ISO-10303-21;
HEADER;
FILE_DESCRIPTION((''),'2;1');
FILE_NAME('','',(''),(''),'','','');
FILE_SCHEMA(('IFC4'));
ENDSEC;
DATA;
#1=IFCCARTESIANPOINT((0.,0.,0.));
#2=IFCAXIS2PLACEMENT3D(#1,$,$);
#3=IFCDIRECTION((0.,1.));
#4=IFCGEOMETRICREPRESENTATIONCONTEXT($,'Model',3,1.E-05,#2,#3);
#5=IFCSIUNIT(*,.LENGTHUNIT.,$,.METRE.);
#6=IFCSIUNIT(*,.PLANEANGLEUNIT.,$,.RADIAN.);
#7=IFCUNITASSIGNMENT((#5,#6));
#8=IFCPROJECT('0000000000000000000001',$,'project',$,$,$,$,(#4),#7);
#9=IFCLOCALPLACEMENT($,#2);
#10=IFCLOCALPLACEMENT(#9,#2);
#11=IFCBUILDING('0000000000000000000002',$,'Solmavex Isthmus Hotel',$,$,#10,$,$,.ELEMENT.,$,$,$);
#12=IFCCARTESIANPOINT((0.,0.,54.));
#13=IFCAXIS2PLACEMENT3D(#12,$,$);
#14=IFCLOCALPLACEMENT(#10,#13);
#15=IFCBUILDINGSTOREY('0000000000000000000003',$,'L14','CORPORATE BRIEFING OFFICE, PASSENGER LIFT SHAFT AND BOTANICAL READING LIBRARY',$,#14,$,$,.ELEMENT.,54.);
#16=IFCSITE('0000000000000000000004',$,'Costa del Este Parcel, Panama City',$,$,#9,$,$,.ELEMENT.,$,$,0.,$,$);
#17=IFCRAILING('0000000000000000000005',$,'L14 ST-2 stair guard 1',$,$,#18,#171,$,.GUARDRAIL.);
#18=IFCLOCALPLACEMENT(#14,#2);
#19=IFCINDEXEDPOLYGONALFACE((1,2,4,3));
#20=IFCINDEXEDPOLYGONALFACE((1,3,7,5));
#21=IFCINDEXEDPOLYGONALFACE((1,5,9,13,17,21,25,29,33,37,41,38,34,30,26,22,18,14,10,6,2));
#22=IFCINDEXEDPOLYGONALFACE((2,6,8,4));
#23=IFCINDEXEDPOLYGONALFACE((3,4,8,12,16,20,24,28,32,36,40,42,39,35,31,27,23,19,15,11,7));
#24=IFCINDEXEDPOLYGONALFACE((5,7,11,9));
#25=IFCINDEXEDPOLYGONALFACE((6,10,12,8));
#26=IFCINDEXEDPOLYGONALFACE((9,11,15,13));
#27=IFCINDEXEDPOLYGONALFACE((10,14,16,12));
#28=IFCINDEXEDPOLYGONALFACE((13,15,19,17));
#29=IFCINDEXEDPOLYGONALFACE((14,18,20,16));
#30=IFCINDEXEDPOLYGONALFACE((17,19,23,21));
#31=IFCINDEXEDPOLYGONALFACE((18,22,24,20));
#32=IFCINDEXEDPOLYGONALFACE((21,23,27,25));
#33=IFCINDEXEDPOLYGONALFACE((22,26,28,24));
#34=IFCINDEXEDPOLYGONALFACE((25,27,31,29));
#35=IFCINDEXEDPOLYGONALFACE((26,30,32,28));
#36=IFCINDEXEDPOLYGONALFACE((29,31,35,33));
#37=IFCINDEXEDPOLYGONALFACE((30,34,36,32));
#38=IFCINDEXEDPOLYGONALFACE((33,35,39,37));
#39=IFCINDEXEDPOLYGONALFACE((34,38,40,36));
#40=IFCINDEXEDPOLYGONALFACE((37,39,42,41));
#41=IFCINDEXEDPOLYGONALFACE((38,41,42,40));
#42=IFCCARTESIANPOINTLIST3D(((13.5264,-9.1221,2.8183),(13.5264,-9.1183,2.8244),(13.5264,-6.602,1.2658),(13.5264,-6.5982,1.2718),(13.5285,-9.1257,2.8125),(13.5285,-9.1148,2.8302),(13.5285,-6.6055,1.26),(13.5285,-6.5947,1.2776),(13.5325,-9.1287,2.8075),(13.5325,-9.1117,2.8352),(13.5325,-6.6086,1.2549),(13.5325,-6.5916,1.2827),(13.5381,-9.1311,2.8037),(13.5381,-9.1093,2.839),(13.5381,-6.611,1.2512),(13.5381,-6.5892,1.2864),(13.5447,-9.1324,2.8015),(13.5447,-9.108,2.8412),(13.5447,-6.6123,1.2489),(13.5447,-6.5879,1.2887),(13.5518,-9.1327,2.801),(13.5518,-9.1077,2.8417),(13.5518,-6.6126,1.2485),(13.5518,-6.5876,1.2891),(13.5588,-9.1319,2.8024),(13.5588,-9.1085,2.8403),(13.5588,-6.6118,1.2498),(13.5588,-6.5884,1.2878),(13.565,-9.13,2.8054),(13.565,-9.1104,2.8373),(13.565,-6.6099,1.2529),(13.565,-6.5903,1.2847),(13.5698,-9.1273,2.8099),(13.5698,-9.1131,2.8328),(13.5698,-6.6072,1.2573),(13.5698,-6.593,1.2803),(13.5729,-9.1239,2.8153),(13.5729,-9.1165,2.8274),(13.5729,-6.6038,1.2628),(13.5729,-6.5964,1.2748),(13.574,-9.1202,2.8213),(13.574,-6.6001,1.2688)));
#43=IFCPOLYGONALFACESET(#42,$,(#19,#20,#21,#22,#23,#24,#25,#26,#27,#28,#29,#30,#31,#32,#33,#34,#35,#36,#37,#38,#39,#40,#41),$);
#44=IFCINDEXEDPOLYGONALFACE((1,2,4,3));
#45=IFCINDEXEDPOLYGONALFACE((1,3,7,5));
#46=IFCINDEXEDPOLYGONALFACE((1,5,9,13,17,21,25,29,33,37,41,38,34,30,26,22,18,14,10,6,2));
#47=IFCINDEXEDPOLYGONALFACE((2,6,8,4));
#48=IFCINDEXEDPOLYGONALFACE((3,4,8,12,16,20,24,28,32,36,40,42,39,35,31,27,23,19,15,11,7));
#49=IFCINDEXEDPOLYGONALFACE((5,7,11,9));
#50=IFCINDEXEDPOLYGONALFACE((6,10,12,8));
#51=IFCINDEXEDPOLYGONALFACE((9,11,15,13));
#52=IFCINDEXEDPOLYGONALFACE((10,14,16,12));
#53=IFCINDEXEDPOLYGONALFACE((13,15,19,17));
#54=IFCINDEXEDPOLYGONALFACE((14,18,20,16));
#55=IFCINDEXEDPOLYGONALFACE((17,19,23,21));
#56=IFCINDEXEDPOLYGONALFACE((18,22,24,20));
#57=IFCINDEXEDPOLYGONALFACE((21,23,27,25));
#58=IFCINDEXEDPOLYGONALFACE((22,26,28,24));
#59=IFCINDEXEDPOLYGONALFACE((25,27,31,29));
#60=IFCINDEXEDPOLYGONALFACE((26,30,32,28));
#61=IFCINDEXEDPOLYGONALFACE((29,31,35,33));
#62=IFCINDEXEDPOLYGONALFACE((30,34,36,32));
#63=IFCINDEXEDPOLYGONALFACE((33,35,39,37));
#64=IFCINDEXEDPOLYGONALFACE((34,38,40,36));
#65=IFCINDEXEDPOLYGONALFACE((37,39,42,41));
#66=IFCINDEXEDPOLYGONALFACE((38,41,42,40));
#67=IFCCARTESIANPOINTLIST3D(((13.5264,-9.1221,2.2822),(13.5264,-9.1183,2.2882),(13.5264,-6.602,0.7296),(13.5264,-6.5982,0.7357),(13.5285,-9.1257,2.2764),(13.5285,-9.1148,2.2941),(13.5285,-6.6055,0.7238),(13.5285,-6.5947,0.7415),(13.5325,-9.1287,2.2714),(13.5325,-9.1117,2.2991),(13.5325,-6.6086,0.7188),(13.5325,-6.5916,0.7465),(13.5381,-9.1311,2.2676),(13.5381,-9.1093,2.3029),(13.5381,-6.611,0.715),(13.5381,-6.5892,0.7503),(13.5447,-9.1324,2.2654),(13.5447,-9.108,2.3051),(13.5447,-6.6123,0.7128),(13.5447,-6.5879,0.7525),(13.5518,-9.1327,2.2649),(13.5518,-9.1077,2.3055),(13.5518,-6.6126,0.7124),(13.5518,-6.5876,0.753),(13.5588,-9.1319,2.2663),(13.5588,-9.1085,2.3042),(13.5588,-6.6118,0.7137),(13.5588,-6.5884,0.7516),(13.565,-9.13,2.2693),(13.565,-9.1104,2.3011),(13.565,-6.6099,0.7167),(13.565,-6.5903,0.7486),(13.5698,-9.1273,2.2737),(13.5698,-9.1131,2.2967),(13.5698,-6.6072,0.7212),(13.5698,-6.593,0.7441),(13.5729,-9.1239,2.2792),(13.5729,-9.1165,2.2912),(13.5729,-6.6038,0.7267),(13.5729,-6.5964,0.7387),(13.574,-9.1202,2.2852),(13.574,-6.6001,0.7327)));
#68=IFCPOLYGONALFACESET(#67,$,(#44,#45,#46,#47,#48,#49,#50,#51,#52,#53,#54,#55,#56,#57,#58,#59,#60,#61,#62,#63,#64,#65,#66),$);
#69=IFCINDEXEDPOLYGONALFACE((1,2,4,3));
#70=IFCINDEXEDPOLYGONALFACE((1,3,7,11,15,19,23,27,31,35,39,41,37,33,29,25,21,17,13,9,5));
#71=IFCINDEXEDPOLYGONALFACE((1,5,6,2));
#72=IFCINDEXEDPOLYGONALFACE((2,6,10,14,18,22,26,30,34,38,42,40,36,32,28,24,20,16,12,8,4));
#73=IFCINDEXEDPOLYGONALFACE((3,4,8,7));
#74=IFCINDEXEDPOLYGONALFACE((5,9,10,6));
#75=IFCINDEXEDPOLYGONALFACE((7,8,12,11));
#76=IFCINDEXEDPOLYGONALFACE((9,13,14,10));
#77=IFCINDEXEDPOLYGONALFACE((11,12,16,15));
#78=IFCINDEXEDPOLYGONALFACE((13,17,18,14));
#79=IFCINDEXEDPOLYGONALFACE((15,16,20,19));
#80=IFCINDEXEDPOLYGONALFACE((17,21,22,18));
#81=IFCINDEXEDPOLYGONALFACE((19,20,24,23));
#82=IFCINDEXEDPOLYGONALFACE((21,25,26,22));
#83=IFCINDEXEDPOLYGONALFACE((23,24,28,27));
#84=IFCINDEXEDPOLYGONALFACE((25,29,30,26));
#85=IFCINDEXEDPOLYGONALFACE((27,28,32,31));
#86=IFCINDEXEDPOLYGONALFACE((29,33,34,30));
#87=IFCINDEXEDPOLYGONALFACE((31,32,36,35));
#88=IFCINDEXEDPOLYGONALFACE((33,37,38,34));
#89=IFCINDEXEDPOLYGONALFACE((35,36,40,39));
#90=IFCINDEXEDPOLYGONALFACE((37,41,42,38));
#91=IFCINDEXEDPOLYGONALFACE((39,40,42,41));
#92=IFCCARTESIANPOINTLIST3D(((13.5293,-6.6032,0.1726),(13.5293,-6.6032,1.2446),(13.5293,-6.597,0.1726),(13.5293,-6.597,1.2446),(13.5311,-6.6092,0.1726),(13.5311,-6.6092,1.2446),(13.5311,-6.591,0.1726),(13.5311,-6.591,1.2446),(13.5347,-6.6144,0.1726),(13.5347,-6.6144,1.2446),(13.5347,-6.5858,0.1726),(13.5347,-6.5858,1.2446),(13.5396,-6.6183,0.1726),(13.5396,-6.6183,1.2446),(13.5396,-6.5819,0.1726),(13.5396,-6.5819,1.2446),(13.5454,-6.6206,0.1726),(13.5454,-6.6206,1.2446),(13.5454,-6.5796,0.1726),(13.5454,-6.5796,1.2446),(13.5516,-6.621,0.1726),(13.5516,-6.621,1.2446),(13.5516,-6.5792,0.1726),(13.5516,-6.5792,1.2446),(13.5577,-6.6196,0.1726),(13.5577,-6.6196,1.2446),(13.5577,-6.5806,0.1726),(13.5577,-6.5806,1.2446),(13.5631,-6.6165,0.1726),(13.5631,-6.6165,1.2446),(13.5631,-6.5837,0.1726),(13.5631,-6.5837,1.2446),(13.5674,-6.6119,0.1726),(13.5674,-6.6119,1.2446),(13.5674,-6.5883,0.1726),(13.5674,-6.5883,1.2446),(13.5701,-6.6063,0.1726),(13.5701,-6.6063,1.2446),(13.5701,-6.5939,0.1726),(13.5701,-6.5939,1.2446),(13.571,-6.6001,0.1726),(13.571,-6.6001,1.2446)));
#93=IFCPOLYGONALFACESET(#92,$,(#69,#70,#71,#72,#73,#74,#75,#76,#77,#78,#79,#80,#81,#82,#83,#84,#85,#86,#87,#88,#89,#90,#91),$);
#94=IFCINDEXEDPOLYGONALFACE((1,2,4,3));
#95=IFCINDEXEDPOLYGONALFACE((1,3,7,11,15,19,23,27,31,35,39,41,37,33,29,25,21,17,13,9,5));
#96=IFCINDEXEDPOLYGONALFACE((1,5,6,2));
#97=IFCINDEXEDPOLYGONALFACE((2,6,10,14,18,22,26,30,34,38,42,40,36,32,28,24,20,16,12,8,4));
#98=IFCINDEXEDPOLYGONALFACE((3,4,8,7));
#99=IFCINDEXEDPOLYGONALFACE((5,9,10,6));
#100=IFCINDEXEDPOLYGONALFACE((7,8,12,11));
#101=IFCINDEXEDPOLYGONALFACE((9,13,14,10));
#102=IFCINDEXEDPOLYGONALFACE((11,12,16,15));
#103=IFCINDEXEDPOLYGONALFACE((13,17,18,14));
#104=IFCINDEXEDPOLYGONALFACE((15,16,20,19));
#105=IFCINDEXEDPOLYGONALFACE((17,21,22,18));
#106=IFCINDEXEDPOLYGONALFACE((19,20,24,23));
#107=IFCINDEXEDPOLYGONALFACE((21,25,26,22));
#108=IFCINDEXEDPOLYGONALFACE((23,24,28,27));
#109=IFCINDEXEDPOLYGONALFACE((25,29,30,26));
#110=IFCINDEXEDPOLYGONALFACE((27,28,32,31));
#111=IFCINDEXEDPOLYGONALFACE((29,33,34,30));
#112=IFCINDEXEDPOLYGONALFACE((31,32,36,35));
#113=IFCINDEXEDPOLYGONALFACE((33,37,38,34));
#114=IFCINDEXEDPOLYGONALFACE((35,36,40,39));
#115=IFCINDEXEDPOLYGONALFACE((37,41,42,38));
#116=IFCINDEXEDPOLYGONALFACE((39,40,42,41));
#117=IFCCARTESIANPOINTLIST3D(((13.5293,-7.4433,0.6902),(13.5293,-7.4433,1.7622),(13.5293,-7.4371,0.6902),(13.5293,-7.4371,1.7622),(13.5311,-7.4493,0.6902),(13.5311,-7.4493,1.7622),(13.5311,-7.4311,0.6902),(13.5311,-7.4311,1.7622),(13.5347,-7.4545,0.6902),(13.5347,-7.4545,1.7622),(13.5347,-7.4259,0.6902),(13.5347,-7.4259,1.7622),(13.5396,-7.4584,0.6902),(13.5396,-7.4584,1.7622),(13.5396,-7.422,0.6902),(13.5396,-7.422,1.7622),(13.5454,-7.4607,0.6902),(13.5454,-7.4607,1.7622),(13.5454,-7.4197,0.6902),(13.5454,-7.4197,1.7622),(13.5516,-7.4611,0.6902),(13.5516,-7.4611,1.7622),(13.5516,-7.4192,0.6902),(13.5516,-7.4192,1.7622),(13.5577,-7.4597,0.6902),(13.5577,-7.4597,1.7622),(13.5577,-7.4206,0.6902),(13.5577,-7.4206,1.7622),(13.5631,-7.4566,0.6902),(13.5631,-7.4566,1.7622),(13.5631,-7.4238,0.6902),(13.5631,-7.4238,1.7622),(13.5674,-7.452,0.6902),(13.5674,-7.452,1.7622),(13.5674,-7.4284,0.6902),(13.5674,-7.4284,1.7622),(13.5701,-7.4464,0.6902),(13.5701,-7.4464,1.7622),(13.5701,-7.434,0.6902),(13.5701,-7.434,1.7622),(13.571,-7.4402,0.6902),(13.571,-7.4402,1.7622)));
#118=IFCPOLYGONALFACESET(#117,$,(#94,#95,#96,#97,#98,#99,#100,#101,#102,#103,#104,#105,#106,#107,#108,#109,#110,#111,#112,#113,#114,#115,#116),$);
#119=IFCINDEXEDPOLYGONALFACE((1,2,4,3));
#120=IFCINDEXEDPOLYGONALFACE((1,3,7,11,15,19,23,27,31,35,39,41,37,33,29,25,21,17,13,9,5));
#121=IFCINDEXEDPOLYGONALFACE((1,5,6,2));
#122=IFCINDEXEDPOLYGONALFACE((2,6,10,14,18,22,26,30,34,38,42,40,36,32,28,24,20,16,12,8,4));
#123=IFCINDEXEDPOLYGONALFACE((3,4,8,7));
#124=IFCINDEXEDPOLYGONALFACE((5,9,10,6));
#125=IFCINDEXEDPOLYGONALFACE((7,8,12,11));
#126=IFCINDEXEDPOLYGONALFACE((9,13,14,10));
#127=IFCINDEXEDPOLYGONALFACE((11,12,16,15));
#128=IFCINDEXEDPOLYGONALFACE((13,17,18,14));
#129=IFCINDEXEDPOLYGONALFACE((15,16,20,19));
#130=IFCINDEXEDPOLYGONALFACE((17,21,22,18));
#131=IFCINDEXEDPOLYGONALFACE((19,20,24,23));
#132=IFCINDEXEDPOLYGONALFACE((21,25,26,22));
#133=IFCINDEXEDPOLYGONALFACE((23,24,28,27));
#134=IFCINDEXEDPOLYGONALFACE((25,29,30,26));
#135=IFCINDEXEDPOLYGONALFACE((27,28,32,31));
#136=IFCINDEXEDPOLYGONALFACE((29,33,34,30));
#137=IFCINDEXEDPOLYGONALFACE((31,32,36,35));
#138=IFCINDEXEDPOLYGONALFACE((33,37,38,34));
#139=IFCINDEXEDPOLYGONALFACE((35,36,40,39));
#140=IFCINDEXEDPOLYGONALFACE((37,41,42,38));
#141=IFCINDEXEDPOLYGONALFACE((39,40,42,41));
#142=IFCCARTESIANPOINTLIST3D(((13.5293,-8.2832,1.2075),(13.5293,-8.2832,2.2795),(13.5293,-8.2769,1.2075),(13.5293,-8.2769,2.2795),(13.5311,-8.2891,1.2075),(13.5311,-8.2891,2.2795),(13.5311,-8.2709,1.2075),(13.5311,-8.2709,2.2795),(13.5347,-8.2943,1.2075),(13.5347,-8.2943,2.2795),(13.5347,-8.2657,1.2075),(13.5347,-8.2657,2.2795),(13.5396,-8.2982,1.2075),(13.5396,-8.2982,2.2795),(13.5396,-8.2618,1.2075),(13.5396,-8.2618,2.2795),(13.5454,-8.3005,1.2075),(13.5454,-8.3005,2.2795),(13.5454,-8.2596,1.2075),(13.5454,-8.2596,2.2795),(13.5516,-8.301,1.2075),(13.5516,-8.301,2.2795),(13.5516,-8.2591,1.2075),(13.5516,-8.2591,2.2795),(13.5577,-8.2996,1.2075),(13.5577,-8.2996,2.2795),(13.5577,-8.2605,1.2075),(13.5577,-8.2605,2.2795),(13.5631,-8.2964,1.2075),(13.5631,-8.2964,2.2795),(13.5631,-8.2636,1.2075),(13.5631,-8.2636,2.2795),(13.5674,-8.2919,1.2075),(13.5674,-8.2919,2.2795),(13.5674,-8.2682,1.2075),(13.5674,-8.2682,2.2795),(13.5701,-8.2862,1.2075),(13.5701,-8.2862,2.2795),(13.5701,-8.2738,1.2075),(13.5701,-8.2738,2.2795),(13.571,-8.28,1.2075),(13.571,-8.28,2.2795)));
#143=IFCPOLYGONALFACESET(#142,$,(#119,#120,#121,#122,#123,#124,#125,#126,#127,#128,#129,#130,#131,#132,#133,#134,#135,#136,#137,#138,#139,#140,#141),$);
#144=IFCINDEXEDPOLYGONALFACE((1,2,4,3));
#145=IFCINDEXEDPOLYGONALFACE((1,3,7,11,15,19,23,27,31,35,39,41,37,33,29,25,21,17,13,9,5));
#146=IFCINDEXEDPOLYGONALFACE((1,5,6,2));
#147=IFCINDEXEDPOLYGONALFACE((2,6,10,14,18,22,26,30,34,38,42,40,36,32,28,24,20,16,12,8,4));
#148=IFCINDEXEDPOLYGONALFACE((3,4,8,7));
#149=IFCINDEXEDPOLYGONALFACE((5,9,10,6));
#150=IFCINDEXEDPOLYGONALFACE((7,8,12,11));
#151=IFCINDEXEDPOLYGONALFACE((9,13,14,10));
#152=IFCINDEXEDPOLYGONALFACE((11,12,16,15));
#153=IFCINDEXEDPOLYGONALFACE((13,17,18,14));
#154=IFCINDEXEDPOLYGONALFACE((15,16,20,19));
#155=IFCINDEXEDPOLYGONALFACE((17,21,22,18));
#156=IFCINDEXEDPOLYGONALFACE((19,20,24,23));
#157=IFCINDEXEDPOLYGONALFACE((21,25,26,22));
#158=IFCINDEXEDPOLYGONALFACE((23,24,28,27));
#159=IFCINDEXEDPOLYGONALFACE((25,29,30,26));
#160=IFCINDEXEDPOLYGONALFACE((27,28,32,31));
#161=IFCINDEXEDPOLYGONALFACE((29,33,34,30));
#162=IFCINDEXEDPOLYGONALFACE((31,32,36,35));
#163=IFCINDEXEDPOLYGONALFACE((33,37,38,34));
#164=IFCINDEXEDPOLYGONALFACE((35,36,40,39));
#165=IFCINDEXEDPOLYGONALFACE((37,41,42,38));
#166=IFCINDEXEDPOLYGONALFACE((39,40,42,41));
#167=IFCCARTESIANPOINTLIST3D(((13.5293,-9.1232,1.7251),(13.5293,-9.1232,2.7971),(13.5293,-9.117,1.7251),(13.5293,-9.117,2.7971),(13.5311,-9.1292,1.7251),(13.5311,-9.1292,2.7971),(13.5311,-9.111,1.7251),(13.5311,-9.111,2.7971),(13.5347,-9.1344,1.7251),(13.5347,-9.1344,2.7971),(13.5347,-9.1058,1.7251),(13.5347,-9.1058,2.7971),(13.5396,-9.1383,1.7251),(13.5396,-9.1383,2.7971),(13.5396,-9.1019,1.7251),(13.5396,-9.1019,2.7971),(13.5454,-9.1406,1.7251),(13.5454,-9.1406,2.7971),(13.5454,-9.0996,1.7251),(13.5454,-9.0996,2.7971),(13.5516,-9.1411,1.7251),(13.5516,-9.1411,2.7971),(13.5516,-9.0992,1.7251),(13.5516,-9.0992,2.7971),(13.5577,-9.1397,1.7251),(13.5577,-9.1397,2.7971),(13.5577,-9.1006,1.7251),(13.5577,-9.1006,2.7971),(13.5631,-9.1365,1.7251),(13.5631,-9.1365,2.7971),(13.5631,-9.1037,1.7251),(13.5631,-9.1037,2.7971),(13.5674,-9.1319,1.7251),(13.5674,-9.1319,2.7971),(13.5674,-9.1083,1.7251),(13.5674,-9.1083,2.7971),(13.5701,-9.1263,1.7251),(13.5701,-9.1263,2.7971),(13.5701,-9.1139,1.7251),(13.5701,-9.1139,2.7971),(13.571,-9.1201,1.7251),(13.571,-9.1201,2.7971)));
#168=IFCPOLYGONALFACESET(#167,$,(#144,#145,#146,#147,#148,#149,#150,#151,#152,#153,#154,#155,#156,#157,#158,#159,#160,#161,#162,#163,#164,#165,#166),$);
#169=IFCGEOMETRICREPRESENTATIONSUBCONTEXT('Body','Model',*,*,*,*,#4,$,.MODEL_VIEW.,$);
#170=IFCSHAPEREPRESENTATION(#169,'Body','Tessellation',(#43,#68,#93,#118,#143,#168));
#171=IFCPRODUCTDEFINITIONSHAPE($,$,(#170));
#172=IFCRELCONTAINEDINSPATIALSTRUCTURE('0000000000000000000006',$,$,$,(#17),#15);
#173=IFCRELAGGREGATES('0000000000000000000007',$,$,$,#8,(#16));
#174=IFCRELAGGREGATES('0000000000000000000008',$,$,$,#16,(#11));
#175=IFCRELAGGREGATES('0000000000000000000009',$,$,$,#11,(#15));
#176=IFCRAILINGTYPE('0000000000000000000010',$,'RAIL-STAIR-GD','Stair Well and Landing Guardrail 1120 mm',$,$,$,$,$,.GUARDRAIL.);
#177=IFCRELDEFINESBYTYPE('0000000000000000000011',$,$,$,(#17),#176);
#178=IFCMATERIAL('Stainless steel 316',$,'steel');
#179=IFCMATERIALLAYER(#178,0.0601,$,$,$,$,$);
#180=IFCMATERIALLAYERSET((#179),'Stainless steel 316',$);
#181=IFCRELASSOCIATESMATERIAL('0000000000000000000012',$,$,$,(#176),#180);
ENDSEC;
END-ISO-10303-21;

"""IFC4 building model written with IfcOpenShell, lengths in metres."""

from ifc_helpers import new_model, si_unit, direction, frame, origin, origin_2d, place, context, subcontext, project, spatial, circle, extrude, material, layer, layer_set, type_object, element, save


model = new_model("IFC4")

# Units and contexts
model_context = context("Model", 3, precision=1e-05, world=origin(), true_north=direction((0.0, 1.0)))
body_context = subcontext(model_context, "Body", "Model", "MODEL_VIEW")
ifc_project = project(units=[si_unit("LENGTHUNIT", "METRE"), si_unit("PLANEANGLEUNIT", "RADIAN")], contexts=[model_context])

# Site, building, storey
site_placement = place(None, origin())
site = spatial("IfcSite", under=ifc_project, at=site_placement, Name="Costa del Este Parcel, Panama City", CompositionType="ELEMENT", RefElevation=0.0)
building_placement = place(site_placement, origin())
building = spatial("IfcBuilding", under=site, at=building_placement, Name="Solmavex Isthmus Hotel", CompositionType="ELEMENT")
storey_placement = place(building_placement, frame((0.0, 0.0, 54.0)))
storey = spatial("IfcBuildingStorey", under=building, at=storey_placement, Name="L14", Description="CORPORATE BRIEFING OFFICE, PASSENGER LIFT SHAFT AND BOTANICAL READING LIBRARY", CompositionType="ELEMENT", Elevation=54.0)

# Railing
ifc_material_1 = material(Name="Stainless steel 316", Category="steel")
ifc_layer_1 = layer(ifc_material_1, 0.0601)
ifc_layer_set_1 = layer_set([ifc_layer_1], Name="Stainless steel 316")
railing_type_1 = type_object("IfcRailingType", Name="RAIL-STAIR-GD", Description="Stair Well and Landing Guardrail 1120 mm", PredefinedType="GUARDRAIL", material=ifc_layer_set_1)
railing_1_placement = place(storey_placement, frame((13.55, -6.6001, 0.1726)))
element("IfcRailing", 1, at=railing_1_placement, inside=storey, type_object=railing_type_1, Name="L14 ST-2 stair guard 1", PredefinedType="GUARDRAIL", context=body_context, shape_type="SweptSolid", body=[
    extrude(circle(Radius=0.0239, at=origin_2d()), frame((0.0, 0.0, 1.0962), z_axis=(0.0, -0.8514, 0.524516), x_axis=(1.0, 0.0, 0.0)), (0.0, 0.0, 1.0), 2.96),
    extrude(circle(Radius=0.0239, at=origin_2d()), frame((0.0, 0.0, 0.5601), z_axis=(0.0, -0.8514, 0.524516), x_axis=(1.0, 0.0, 0.0)), (0.0, 0.0, 1.0), 2.96),
    extrude(circle(Radius=0.021, at=origin_2d()), origin(), (0.0, 0.0, 1.0), 1.072),
    extrude(circle(Radius=0.021, at=origin_2d()), frame((0.0, -0.8401, 0.5176)), (0.0, 0.0, 1.0), 1.072),
    extrude(circle(Radius=0.021, at=origin_2d()), frame((0.0, -1.6799, 1.0349)), (0.0, 0.0, 1.0), 1.072),
    extrude(circle(Radius=0.021, at=origin_2d()), frame((0.0, -2.52, 1.5525)), (0.0, 0.0, 1.0), 1.072),
])

save(model, "model.ifc")
